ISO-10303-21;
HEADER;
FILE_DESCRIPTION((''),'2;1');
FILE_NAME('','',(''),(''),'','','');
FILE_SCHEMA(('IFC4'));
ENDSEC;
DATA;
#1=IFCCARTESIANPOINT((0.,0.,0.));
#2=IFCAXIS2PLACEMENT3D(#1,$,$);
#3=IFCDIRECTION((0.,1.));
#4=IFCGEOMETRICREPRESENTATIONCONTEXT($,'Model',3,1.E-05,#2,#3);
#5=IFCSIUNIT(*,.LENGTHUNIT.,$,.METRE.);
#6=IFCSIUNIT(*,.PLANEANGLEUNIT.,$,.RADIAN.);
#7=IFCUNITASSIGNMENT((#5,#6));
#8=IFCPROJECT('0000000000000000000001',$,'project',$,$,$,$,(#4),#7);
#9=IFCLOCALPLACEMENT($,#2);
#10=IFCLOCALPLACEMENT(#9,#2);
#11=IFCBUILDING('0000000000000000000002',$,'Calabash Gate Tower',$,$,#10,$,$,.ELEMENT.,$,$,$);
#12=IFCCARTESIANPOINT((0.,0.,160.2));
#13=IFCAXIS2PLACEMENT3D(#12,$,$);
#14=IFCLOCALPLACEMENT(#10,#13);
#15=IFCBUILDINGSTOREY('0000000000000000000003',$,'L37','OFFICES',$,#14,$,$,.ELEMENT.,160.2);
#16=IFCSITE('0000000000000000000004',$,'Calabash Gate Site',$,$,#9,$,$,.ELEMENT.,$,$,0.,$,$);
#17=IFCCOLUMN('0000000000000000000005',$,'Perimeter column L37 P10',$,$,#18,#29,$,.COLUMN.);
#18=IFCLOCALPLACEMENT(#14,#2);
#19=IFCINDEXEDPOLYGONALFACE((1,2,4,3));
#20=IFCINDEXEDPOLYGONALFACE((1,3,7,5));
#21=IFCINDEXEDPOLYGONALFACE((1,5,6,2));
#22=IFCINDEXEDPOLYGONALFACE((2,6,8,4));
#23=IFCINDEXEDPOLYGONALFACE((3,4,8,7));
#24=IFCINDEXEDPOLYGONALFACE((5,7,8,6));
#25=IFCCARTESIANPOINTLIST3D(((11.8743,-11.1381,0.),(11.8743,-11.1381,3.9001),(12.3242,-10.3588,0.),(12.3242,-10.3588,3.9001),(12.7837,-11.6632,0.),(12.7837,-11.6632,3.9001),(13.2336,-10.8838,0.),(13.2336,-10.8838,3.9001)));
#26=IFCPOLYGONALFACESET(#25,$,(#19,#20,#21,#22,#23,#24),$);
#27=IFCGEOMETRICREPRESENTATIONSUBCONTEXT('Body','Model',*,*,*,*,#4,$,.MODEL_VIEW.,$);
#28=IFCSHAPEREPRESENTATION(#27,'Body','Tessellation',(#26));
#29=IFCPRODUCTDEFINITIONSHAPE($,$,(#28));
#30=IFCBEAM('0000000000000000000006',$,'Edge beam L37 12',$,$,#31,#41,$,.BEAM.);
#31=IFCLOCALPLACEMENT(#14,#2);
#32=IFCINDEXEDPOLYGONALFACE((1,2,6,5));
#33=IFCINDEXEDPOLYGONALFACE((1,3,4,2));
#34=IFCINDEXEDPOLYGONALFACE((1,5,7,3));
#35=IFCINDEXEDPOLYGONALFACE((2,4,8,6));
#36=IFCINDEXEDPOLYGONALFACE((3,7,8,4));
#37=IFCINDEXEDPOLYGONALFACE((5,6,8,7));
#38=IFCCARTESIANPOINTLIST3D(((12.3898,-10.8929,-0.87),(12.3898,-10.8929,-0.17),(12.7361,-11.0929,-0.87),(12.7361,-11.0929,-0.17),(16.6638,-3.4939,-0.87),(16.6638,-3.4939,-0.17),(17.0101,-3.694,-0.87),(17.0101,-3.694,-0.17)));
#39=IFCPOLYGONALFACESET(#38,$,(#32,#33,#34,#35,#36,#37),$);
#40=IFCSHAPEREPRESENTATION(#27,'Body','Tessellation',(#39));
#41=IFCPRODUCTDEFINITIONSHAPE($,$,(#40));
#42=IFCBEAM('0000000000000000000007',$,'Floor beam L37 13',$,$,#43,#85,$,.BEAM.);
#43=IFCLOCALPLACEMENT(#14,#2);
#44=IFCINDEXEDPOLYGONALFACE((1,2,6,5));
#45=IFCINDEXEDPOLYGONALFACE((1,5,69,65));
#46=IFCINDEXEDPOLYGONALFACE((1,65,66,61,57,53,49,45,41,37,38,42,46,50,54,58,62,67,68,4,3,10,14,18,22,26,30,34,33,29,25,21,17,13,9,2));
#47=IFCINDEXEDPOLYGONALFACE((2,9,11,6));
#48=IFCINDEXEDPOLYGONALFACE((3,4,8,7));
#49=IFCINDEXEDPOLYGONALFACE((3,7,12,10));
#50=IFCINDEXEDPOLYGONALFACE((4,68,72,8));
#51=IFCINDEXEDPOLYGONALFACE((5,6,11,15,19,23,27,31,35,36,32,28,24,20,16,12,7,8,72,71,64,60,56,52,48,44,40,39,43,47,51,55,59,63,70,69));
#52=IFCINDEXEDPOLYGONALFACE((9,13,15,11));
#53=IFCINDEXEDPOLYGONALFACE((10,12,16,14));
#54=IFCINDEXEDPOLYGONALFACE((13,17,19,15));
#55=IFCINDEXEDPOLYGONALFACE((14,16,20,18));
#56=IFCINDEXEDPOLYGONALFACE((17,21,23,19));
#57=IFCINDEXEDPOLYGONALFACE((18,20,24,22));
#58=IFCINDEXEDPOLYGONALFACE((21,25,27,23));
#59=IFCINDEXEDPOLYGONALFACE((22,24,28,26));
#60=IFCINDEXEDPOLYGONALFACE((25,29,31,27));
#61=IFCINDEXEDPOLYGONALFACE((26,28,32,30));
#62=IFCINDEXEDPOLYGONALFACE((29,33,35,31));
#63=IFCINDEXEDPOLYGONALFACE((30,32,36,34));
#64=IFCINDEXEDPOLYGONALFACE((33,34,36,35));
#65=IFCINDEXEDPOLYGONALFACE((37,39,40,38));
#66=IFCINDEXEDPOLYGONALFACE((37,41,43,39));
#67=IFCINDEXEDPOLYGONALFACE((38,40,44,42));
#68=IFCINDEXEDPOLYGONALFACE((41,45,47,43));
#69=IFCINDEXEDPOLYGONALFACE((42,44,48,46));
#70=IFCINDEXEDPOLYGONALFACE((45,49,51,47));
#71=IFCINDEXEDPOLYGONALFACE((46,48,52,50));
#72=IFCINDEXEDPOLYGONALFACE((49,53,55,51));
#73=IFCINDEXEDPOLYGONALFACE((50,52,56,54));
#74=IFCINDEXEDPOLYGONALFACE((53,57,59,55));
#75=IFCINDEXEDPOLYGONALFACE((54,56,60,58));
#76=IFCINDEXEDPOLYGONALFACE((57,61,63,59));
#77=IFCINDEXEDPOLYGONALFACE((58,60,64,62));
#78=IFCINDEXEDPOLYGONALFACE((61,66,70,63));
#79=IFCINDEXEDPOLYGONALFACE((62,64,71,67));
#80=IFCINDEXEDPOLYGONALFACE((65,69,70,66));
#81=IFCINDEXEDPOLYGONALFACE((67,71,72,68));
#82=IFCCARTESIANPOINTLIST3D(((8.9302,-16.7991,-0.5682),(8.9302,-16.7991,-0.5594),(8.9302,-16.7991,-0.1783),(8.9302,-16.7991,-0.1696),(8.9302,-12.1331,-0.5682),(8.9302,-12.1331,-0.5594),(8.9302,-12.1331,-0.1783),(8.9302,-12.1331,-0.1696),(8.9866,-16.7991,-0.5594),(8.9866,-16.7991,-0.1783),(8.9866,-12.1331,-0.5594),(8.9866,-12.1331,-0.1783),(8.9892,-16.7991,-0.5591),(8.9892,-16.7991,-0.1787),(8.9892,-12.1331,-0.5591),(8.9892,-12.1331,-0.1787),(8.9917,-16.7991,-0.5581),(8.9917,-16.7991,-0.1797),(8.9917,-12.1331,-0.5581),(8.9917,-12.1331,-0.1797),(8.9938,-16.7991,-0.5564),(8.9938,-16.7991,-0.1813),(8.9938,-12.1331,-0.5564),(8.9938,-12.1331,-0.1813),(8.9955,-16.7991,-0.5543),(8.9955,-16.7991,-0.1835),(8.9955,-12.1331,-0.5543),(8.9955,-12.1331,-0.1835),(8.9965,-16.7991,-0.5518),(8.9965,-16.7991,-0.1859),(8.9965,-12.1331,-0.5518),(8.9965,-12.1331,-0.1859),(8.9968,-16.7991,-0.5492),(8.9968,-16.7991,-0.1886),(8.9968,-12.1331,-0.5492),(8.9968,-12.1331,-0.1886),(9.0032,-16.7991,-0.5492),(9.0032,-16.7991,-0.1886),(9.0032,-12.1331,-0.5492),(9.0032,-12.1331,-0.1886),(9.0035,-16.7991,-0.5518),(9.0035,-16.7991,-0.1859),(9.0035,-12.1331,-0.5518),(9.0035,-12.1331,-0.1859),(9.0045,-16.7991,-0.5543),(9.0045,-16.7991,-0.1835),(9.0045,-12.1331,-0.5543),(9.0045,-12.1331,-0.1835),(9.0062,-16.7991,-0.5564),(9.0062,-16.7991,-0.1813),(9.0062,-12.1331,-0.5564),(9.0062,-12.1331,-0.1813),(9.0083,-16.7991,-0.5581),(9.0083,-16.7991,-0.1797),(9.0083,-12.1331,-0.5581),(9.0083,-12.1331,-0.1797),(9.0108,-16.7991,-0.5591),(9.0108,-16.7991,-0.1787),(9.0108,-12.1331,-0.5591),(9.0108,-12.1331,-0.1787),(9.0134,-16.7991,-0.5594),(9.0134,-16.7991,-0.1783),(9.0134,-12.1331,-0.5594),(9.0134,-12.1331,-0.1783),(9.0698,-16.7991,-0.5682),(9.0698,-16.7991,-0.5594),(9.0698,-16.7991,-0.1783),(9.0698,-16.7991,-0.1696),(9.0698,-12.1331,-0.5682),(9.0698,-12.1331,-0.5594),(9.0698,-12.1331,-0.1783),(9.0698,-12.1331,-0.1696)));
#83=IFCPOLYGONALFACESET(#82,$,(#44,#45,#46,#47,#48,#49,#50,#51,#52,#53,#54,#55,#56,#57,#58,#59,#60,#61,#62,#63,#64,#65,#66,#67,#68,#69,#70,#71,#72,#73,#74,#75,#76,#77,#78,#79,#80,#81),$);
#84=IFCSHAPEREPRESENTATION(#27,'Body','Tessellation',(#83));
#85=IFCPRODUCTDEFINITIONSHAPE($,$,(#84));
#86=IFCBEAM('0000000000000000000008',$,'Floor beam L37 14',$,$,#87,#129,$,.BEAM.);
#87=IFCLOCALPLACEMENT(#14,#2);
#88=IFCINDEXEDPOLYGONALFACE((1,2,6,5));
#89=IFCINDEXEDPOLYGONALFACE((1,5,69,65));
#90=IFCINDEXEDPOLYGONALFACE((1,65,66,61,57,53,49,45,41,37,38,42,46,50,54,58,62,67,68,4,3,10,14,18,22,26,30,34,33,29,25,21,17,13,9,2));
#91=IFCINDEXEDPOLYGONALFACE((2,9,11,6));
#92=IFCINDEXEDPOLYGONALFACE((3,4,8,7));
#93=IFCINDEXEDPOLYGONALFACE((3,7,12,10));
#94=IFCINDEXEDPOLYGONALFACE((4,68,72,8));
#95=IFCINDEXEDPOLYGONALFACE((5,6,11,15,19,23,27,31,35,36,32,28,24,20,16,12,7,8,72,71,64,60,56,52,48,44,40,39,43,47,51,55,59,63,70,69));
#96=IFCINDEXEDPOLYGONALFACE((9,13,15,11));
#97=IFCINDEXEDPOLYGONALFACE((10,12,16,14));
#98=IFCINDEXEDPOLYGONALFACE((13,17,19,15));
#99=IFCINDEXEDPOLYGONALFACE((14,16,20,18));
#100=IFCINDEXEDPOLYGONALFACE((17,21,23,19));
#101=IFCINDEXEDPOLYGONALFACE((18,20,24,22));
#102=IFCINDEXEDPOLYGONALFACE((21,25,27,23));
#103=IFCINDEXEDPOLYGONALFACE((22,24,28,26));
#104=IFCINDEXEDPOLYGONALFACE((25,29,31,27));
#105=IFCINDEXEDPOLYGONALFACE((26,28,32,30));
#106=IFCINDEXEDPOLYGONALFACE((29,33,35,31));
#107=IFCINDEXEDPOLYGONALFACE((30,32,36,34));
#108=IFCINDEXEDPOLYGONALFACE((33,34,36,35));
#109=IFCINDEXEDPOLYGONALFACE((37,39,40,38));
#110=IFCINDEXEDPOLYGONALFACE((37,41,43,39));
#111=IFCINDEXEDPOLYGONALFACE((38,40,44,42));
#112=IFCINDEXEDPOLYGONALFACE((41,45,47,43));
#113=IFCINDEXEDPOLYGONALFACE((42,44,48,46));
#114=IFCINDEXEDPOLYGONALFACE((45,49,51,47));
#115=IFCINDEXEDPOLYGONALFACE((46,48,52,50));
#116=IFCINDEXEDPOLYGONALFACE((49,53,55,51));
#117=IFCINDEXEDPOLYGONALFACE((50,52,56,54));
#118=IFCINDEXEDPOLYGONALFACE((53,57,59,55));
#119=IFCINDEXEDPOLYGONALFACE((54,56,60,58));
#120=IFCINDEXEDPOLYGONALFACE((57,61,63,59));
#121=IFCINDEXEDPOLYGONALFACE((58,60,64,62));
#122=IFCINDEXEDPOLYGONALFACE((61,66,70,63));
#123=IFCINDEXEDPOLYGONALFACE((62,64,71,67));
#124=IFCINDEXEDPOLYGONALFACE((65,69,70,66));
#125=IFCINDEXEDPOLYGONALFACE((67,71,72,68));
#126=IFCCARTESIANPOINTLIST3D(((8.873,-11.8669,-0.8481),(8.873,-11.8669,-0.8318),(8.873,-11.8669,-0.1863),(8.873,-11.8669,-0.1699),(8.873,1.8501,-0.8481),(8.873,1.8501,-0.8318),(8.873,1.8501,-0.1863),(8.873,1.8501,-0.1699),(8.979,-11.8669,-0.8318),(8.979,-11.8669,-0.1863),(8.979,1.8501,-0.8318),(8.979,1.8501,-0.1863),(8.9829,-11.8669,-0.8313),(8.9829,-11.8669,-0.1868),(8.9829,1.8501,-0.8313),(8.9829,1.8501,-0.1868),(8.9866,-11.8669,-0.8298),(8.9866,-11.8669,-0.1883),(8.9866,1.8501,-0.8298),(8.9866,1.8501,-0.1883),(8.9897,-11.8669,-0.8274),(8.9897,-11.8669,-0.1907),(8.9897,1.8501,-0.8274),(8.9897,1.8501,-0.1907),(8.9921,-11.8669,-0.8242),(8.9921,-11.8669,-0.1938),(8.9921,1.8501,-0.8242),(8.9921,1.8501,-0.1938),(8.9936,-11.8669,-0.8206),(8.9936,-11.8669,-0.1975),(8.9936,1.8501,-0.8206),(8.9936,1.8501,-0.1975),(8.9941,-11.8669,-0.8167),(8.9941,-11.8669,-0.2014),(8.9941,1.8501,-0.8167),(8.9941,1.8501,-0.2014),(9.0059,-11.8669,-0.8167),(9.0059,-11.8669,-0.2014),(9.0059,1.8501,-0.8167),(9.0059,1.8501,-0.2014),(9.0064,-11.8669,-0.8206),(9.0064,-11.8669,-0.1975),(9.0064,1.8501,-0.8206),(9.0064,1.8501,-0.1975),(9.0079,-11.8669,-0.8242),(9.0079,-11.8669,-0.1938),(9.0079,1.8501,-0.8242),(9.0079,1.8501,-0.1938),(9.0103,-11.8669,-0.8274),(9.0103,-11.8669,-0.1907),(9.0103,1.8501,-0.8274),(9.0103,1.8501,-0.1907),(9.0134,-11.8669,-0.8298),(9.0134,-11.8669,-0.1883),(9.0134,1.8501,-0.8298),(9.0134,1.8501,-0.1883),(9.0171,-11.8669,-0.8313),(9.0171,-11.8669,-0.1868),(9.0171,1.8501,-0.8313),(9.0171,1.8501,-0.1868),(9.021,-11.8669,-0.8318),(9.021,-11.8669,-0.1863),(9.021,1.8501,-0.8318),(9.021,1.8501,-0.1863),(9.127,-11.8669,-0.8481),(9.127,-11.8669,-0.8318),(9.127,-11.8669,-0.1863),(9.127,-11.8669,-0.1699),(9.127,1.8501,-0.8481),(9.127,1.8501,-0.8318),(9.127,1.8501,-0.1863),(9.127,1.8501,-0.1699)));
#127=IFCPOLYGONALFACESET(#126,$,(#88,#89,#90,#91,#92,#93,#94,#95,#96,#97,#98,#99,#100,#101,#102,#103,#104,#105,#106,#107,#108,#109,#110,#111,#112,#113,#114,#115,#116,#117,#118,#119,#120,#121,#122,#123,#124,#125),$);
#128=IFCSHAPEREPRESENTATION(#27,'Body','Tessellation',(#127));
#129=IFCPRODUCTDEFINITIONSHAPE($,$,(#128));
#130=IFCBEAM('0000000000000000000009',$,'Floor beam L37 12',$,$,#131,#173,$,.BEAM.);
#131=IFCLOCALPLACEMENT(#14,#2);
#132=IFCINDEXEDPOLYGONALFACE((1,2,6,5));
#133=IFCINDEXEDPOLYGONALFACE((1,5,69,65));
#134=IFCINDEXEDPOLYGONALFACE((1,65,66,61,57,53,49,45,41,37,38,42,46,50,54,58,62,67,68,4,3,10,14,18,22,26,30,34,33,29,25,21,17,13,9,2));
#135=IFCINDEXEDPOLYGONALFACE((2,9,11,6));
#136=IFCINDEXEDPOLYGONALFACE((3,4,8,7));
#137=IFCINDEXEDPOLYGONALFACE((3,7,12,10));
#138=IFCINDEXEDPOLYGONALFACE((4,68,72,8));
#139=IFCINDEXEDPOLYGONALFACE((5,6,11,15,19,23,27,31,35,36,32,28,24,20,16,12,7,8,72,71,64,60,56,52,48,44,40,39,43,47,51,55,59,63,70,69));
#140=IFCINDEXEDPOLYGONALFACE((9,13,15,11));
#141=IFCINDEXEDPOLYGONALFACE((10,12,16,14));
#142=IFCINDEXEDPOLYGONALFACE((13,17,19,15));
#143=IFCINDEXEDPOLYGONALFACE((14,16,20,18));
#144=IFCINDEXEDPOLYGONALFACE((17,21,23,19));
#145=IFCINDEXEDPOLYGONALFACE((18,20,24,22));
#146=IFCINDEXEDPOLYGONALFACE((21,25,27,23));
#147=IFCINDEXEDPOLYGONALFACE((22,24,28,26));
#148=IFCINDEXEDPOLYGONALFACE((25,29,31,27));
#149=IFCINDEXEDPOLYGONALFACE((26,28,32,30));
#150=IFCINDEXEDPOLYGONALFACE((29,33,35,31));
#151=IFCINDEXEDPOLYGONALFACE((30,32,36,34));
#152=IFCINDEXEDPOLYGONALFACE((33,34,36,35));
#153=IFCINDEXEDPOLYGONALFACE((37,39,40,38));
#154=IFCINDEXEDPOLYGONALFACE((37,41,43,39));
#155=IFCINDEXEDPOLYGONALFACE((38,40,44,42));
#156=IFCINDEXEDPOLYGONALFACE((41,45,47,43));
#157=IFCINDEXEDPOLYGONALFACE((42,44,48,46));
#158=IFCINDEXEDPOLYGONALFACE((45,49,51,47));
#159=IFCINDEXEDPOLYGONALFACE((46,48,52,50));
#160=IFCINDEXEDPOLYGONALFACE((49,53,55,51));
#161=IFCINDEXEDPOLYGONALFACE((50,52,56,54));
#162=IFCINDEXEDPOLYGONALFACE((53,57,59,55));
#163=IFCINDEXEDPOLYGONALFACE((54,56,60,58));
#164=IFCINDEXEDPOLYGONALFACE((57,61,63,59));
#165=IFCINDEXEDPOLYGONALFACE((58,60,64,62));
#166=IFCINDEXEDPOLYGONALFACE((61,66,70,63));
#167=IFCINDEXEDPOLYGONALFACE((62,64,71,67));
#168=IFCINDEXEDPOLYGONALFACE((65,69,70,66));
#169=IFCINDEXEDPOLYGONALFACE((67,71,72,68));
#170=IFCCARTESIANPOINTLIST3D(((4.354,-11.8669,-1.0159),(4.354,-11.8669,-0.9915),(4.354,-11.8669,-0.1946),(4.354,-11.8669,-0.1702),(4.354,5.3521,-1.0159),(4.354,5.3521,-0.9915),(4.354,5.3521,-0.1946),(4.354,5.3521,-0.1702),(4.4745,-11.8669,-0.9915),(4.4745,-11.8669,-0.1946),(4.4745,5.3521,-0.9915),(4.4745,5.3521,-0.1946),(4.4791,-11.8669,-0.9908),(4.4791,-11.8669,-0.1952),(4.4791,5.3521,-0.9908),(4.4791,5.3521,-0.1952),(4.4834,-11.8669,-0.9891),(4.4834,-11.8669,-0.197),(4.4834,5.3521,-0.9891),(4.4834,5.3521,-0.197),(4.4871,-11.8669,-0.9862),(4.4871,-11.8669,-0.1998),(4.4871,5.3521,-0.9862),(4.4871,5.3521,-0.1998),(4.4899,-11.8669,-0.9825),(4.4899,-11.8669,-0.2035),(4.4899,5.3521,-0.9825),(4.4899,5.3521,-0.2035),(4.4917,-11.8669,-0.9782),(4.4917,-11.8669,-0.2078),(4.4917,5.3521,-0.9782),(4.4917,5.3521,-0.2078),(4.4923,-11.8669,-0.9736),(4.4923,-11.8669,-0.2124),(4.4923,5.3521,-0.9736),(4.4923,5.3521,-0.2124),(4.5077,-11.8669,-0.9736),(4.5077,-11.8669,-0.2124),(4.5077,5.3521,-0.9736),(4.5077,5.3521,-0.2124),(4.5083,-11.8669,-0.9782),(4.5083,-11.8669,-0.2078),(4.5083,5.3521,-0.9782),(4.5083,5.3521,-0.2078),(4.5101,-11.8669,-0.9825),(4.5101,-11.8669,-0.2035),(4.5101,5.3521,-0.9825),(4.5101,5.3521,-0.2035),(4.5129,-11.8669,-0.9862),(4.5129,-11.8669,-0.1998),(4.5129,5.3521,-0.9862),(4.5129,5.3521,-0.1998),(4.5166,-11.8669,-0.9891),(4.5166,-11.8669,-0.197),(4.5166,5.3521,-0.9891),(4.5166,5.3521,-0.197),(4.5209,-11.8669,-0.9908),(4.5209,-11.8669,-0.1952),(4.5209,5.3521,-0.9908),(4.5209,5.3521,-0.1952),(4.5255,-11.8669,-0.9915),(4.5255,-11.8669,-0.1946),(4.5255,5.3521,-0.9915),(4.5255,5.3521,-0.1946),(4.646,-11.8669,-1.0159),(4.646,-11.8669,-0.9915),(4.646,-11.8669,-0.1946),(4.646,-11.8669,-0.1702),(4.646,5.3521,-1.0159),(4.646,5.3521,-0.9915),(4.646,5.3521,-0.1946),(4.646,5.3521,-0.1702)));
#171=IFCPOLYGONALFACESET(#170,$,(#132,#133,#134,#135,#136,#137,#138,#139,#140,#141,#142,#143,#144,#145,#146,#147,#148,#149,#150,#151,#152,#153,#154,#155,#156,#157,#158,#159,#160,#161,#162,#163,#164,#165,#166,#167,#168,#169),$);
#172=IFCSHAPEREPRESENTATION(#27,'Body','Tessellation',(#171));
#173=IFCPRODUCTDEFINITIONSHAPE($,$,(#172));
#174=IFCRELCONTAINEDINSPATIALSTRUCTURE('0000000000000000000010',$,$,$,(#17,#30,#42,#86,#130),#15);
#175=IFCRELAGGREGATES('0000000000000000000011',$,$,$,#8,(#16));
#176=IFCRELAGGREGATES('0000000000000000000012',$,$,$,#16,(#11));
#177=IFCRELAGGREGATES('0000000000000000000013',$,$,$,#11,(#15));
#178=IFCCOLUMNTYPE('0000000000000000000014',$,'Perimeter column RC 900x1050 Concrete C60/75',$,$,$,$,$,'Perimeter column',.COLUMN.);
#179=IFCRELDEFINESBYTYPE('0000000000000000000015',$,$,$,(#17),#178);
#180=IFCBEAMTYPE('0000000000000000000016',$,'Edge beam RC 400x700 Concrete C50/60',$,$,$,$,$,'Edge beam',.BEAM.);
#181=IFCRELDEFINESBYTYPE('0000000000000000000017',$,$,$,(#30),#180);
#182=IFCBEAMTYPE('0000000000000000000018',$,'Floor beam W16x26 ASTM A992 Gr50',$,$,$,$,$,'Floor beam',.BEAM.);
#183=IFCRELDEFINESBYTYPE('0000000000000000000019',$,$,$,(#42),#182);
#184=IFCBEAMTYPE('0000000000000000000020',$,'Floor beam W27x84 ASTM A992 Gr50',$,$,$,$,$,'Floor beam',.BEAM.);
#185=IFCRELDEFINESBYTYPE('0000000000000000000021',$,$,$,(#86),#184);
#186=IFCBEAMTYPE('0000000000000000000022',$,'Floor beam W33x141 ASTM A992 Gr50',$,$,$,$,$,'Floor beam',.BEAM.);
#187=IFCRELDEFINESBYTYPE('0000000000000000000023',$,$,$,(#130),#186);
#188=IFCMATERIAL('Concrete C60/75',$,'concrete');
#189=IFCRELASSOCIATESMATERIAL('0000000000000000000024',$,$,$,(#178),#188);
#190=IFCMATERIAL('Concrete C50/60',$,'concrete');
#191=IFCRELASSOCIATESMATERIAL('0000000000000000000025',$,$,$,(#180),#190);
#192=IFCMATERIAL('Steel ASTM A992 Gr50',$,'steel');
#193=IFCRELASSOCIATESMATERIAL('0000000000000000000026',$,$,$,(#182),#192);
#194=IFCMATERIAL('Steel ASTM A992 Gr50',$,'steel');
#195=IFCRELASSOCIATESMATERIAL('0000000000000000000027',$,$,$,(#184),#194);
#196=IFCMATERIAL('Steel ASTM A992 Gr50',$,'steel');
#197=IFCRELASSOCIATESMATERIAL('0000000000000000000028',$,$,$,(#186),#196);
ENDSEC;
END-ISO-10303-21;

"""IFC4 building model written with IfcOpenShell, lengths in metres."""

from ifc_helpers import new_model, si_unit, direction, frame, origin, origin_2d, place, context, subcontext, project, spatial, rectangle, i_section, extrude, material, material_profile, profile_set, type_object, element, save


model = new_model("IFC4")

# Units and contexts
model_context = context("Model", 3, precision=1e-05, world=origin(), true_north=direction((0.0, 1.0)))
body_context = subcontext(model_context, "Body", "Model", "MODEL_VIEW")
ifc_project = project(units=[si_unit("LENGTHUNIT", "METRE"), si_unit("PLANEANGLEUNIT", "RADIAN")], contexts=[model_context])

# Site, building, storey
site_placement = place(None, origin())
site = spatial("IfcSite", under=ifc_project, at=site_placement, Name="Calabash Gate Site", CompositionType="ELEMENT", RefElevation=0.0)
building_placement = place(site_placement, origin())
building = spatial("IfcBuilding", under=site, at=building_placement, Name="Calabash Gate Tower", CompositionType="ELEMENT")
storey_placement = place(building_placement, frame((0.0, 0.0, 160.2)))
storey = spatial("IfcBuildingStorey", under=building, at=storey_placement, Name="L37", Description="OFFICES", CompositionType="ELEMENT", Elevation=160.2)

# Column
ifc_material_1 = material(Name="Concrete C60/75", Category="concrete")
ifc_material_profile_1 = material_profile(ifc_material_1, rectangle(XDim=0.8999, YDim=1.05, at=origin_2d()))
ifc_profile_set_1 = profile_set([ifc_material_profile_1], Name="Concrete C60/75")
column_type = type_object("IfcColumnType", Name="Perimeter column RC 900x1050 Concrete C60/75", ElementType="Perimeter column", PredefinedType="COLUMN", material=ifc_profile_set_1)
column_placement = place(storey_placement, frame((12.554, -11.011, 0.0), z_axis=(0.0, 0.0, 1.0), x_axis=(0.5, 0.866025, 0.0)))
element("IfcColumn", 1, at=column_placement, inside=storey, type_object=column_type, Name="Perimeter column L37 P10", PredefinedType="COLUMN", context=body_context, shape_type="SweptSolid", body=[
    extrude(rectangle(XDim=0.8999, YDim=1.05, at=origin_2d()), origin(), (0.0, 0.0, 1.0), 3.9001),
])

# Beams
ifc_material_2 = material(Name="Concrete C50/60", Category="concrete")
ifc_material_profile_2 = material_profile(ifc_material_2, rectangle(XDim=0.3999, YDim=0.7, at=origin_2d()))
ifc_profile_set_2 = profile_set([ifc_material_profile_2], Name="Concrete C50/60")
beam_type_1 = type_object("IfcBeamType", Name="Edge beam RC 400x700 Concrete C50/60", ElementType="Edge beam", PredefinedType="BEAM", material=ifc_profile_set_2)
beam_1_placement = place(storey_placement, frame((12.563, -10.9929, -0.52), z_axis=(0.500189, 0.865916, 0.0), x_axis=(-0.865916, 0.500189, 0.0)))
element("IfcBeam", 2, at=beam_1_placement, inside=storey, type_object=beam_type_1, Name="Edge beam L37 12", PredefinedType="BEAM", context=body_context, shape_type="SweptSolid", body=[
    extrude(rectangle(XDim=0.3999, YDim=0.7, at=origin_2d()), origin(), (0.0, 0.0, 1.0), 8.5447),
])
ifc_material_3 = material(Name="Steel ASTM A992 Gr50", Category="steel")
ifc_material_profile_3 = material_profile(ifc_material_3, i_section(OverallWidth=0.1396, OverallDepth=0.3987, WebThickness=0.0063, FlangeThickness=0.0088, FilletRadius=0.0103, at=origin_2d()))
ifc_profile_set_3 = profile_set([ifc_material_profile_3], Name="Steel ASTM A992 Gr50")
beam_type_2 = type_object("IfcBeamType", Name="Floor beam W16x26 ASTM A992 Gr50", ElementType="Floor beam", PredefinedType="BEAM", material=ifc_profile_set_3)
beam_2_placement = place(storey_placement, frame((9.0, -16.7991, -0.3689), z_axis=(0.0, 1.0, 0.0), x_axis=(-1.0, 0.0, 0.0)))
element("IfcBeam", 3, at=beam_2_placement, inside=storey, type_object=beam_type_2, Name="Floor beam L37 13", PredefinedType="BEAM", context=body_context, shape_type="SweptSolid", body=[
    extrude(i_section(OverallWidth=0.1396, OverallDepth=0.3987, WebThickness=0.0063, FlangeThickness=0.0088, FilletRadius=0.0103, at=origin_2d()), origin(), (0.0, 0.0, 1.0), 4.666),
])
ifc_material_4 = material(Name="Steel ASTM A992 Gr50", Category="steel")
ifc_material_profile_4 = material_profile(ifc_material_4, i_section(OverallWidth=0.2539, OverallDepth=0.6782, WebThickness=0.0117, FlangeThickness=0.0164, FilletRadius=0.0151, at=origin_2d()))
ifc_profile_set_4 = profile_set([ifc_material_profile_4], Name="Steel ASTM A992 Gr50")
beam_type_3 = type_object("IfcBeamType", Name="Floor beam W27x84 ASTM A992 Gr50", ElementType="Floor beam", PredefinedType="BEAM", material=ifc_profile_set_4)
beam_3_placement = place(storey_placement, frame((9.0, -11.8669, -0.509), z_axis=(0.0, 1.0, 0.0), x_axis=(-1.0, 0.0, 0.0)))
element("IfcBeam", 4, at=beam_3_placement, inside=storey, type_object=beam_type_3, Name="Floor beam L37 14", PredefinedType="BEAM", context=body_context, shape_type="SweptSolid", body=[
    extrude(i_section(OverallWidth=0.2539, OverallDepth=0.6782, WebThickness=0.0117, FlangeThickness=0.0164, FilletRadius=0.0151, at=origin_2d()), origin(), (0.0, 0.0, 1.0), 13.717),
])
ifc_material_5 = material(Name="Steel ASTM A992 Gr50", Category="steel")
ifc_material_profile_5 = material_profile(ifc_material_5, i_section(OverallWidth=0.292, OverallDepth=0.8457, WebThickness=0.0154, FlangeThickness=0.0244, FilletRadius=0.0178, at=origin_2d()))
ifc_profile_set_5 = profile_set([ifc_material_profile_5], Name="Steel ASTM A992 Gr50")
beam_type_4 = type_object("IfcBeamType", Name="Floor beam W33x141 ASTM A992 Gr50", ElementType="Floor beam", PredefinedType="BEAM", material=ifc_profile_set_5)
beam_4_placement = place(storey_placement, frame((4.5, -11.8669, -0.593), z_axis=(0.0, 1.0, 0.0), x_axis=(-1.0, 0.0, 0.0)))
element("IfcBeam", 5, at=beam_4_placement, inside=storey, type_object=beam_type_4, Name="Floor beam L37 12", PredefinedType="BEAM", context=body_context, shape_type="SweptSolid", body=[
    extrude(i_section(OverallWidth=0.292, OverallDepth=0.8457, WebThickness=0.0154, FlangeThickness=0.0244, FilletRadius=0.0178, at=origin_2d()), origin(), (0.0, 0.0, 1.0), 17.219),
])

save(model, "model.ifc")
